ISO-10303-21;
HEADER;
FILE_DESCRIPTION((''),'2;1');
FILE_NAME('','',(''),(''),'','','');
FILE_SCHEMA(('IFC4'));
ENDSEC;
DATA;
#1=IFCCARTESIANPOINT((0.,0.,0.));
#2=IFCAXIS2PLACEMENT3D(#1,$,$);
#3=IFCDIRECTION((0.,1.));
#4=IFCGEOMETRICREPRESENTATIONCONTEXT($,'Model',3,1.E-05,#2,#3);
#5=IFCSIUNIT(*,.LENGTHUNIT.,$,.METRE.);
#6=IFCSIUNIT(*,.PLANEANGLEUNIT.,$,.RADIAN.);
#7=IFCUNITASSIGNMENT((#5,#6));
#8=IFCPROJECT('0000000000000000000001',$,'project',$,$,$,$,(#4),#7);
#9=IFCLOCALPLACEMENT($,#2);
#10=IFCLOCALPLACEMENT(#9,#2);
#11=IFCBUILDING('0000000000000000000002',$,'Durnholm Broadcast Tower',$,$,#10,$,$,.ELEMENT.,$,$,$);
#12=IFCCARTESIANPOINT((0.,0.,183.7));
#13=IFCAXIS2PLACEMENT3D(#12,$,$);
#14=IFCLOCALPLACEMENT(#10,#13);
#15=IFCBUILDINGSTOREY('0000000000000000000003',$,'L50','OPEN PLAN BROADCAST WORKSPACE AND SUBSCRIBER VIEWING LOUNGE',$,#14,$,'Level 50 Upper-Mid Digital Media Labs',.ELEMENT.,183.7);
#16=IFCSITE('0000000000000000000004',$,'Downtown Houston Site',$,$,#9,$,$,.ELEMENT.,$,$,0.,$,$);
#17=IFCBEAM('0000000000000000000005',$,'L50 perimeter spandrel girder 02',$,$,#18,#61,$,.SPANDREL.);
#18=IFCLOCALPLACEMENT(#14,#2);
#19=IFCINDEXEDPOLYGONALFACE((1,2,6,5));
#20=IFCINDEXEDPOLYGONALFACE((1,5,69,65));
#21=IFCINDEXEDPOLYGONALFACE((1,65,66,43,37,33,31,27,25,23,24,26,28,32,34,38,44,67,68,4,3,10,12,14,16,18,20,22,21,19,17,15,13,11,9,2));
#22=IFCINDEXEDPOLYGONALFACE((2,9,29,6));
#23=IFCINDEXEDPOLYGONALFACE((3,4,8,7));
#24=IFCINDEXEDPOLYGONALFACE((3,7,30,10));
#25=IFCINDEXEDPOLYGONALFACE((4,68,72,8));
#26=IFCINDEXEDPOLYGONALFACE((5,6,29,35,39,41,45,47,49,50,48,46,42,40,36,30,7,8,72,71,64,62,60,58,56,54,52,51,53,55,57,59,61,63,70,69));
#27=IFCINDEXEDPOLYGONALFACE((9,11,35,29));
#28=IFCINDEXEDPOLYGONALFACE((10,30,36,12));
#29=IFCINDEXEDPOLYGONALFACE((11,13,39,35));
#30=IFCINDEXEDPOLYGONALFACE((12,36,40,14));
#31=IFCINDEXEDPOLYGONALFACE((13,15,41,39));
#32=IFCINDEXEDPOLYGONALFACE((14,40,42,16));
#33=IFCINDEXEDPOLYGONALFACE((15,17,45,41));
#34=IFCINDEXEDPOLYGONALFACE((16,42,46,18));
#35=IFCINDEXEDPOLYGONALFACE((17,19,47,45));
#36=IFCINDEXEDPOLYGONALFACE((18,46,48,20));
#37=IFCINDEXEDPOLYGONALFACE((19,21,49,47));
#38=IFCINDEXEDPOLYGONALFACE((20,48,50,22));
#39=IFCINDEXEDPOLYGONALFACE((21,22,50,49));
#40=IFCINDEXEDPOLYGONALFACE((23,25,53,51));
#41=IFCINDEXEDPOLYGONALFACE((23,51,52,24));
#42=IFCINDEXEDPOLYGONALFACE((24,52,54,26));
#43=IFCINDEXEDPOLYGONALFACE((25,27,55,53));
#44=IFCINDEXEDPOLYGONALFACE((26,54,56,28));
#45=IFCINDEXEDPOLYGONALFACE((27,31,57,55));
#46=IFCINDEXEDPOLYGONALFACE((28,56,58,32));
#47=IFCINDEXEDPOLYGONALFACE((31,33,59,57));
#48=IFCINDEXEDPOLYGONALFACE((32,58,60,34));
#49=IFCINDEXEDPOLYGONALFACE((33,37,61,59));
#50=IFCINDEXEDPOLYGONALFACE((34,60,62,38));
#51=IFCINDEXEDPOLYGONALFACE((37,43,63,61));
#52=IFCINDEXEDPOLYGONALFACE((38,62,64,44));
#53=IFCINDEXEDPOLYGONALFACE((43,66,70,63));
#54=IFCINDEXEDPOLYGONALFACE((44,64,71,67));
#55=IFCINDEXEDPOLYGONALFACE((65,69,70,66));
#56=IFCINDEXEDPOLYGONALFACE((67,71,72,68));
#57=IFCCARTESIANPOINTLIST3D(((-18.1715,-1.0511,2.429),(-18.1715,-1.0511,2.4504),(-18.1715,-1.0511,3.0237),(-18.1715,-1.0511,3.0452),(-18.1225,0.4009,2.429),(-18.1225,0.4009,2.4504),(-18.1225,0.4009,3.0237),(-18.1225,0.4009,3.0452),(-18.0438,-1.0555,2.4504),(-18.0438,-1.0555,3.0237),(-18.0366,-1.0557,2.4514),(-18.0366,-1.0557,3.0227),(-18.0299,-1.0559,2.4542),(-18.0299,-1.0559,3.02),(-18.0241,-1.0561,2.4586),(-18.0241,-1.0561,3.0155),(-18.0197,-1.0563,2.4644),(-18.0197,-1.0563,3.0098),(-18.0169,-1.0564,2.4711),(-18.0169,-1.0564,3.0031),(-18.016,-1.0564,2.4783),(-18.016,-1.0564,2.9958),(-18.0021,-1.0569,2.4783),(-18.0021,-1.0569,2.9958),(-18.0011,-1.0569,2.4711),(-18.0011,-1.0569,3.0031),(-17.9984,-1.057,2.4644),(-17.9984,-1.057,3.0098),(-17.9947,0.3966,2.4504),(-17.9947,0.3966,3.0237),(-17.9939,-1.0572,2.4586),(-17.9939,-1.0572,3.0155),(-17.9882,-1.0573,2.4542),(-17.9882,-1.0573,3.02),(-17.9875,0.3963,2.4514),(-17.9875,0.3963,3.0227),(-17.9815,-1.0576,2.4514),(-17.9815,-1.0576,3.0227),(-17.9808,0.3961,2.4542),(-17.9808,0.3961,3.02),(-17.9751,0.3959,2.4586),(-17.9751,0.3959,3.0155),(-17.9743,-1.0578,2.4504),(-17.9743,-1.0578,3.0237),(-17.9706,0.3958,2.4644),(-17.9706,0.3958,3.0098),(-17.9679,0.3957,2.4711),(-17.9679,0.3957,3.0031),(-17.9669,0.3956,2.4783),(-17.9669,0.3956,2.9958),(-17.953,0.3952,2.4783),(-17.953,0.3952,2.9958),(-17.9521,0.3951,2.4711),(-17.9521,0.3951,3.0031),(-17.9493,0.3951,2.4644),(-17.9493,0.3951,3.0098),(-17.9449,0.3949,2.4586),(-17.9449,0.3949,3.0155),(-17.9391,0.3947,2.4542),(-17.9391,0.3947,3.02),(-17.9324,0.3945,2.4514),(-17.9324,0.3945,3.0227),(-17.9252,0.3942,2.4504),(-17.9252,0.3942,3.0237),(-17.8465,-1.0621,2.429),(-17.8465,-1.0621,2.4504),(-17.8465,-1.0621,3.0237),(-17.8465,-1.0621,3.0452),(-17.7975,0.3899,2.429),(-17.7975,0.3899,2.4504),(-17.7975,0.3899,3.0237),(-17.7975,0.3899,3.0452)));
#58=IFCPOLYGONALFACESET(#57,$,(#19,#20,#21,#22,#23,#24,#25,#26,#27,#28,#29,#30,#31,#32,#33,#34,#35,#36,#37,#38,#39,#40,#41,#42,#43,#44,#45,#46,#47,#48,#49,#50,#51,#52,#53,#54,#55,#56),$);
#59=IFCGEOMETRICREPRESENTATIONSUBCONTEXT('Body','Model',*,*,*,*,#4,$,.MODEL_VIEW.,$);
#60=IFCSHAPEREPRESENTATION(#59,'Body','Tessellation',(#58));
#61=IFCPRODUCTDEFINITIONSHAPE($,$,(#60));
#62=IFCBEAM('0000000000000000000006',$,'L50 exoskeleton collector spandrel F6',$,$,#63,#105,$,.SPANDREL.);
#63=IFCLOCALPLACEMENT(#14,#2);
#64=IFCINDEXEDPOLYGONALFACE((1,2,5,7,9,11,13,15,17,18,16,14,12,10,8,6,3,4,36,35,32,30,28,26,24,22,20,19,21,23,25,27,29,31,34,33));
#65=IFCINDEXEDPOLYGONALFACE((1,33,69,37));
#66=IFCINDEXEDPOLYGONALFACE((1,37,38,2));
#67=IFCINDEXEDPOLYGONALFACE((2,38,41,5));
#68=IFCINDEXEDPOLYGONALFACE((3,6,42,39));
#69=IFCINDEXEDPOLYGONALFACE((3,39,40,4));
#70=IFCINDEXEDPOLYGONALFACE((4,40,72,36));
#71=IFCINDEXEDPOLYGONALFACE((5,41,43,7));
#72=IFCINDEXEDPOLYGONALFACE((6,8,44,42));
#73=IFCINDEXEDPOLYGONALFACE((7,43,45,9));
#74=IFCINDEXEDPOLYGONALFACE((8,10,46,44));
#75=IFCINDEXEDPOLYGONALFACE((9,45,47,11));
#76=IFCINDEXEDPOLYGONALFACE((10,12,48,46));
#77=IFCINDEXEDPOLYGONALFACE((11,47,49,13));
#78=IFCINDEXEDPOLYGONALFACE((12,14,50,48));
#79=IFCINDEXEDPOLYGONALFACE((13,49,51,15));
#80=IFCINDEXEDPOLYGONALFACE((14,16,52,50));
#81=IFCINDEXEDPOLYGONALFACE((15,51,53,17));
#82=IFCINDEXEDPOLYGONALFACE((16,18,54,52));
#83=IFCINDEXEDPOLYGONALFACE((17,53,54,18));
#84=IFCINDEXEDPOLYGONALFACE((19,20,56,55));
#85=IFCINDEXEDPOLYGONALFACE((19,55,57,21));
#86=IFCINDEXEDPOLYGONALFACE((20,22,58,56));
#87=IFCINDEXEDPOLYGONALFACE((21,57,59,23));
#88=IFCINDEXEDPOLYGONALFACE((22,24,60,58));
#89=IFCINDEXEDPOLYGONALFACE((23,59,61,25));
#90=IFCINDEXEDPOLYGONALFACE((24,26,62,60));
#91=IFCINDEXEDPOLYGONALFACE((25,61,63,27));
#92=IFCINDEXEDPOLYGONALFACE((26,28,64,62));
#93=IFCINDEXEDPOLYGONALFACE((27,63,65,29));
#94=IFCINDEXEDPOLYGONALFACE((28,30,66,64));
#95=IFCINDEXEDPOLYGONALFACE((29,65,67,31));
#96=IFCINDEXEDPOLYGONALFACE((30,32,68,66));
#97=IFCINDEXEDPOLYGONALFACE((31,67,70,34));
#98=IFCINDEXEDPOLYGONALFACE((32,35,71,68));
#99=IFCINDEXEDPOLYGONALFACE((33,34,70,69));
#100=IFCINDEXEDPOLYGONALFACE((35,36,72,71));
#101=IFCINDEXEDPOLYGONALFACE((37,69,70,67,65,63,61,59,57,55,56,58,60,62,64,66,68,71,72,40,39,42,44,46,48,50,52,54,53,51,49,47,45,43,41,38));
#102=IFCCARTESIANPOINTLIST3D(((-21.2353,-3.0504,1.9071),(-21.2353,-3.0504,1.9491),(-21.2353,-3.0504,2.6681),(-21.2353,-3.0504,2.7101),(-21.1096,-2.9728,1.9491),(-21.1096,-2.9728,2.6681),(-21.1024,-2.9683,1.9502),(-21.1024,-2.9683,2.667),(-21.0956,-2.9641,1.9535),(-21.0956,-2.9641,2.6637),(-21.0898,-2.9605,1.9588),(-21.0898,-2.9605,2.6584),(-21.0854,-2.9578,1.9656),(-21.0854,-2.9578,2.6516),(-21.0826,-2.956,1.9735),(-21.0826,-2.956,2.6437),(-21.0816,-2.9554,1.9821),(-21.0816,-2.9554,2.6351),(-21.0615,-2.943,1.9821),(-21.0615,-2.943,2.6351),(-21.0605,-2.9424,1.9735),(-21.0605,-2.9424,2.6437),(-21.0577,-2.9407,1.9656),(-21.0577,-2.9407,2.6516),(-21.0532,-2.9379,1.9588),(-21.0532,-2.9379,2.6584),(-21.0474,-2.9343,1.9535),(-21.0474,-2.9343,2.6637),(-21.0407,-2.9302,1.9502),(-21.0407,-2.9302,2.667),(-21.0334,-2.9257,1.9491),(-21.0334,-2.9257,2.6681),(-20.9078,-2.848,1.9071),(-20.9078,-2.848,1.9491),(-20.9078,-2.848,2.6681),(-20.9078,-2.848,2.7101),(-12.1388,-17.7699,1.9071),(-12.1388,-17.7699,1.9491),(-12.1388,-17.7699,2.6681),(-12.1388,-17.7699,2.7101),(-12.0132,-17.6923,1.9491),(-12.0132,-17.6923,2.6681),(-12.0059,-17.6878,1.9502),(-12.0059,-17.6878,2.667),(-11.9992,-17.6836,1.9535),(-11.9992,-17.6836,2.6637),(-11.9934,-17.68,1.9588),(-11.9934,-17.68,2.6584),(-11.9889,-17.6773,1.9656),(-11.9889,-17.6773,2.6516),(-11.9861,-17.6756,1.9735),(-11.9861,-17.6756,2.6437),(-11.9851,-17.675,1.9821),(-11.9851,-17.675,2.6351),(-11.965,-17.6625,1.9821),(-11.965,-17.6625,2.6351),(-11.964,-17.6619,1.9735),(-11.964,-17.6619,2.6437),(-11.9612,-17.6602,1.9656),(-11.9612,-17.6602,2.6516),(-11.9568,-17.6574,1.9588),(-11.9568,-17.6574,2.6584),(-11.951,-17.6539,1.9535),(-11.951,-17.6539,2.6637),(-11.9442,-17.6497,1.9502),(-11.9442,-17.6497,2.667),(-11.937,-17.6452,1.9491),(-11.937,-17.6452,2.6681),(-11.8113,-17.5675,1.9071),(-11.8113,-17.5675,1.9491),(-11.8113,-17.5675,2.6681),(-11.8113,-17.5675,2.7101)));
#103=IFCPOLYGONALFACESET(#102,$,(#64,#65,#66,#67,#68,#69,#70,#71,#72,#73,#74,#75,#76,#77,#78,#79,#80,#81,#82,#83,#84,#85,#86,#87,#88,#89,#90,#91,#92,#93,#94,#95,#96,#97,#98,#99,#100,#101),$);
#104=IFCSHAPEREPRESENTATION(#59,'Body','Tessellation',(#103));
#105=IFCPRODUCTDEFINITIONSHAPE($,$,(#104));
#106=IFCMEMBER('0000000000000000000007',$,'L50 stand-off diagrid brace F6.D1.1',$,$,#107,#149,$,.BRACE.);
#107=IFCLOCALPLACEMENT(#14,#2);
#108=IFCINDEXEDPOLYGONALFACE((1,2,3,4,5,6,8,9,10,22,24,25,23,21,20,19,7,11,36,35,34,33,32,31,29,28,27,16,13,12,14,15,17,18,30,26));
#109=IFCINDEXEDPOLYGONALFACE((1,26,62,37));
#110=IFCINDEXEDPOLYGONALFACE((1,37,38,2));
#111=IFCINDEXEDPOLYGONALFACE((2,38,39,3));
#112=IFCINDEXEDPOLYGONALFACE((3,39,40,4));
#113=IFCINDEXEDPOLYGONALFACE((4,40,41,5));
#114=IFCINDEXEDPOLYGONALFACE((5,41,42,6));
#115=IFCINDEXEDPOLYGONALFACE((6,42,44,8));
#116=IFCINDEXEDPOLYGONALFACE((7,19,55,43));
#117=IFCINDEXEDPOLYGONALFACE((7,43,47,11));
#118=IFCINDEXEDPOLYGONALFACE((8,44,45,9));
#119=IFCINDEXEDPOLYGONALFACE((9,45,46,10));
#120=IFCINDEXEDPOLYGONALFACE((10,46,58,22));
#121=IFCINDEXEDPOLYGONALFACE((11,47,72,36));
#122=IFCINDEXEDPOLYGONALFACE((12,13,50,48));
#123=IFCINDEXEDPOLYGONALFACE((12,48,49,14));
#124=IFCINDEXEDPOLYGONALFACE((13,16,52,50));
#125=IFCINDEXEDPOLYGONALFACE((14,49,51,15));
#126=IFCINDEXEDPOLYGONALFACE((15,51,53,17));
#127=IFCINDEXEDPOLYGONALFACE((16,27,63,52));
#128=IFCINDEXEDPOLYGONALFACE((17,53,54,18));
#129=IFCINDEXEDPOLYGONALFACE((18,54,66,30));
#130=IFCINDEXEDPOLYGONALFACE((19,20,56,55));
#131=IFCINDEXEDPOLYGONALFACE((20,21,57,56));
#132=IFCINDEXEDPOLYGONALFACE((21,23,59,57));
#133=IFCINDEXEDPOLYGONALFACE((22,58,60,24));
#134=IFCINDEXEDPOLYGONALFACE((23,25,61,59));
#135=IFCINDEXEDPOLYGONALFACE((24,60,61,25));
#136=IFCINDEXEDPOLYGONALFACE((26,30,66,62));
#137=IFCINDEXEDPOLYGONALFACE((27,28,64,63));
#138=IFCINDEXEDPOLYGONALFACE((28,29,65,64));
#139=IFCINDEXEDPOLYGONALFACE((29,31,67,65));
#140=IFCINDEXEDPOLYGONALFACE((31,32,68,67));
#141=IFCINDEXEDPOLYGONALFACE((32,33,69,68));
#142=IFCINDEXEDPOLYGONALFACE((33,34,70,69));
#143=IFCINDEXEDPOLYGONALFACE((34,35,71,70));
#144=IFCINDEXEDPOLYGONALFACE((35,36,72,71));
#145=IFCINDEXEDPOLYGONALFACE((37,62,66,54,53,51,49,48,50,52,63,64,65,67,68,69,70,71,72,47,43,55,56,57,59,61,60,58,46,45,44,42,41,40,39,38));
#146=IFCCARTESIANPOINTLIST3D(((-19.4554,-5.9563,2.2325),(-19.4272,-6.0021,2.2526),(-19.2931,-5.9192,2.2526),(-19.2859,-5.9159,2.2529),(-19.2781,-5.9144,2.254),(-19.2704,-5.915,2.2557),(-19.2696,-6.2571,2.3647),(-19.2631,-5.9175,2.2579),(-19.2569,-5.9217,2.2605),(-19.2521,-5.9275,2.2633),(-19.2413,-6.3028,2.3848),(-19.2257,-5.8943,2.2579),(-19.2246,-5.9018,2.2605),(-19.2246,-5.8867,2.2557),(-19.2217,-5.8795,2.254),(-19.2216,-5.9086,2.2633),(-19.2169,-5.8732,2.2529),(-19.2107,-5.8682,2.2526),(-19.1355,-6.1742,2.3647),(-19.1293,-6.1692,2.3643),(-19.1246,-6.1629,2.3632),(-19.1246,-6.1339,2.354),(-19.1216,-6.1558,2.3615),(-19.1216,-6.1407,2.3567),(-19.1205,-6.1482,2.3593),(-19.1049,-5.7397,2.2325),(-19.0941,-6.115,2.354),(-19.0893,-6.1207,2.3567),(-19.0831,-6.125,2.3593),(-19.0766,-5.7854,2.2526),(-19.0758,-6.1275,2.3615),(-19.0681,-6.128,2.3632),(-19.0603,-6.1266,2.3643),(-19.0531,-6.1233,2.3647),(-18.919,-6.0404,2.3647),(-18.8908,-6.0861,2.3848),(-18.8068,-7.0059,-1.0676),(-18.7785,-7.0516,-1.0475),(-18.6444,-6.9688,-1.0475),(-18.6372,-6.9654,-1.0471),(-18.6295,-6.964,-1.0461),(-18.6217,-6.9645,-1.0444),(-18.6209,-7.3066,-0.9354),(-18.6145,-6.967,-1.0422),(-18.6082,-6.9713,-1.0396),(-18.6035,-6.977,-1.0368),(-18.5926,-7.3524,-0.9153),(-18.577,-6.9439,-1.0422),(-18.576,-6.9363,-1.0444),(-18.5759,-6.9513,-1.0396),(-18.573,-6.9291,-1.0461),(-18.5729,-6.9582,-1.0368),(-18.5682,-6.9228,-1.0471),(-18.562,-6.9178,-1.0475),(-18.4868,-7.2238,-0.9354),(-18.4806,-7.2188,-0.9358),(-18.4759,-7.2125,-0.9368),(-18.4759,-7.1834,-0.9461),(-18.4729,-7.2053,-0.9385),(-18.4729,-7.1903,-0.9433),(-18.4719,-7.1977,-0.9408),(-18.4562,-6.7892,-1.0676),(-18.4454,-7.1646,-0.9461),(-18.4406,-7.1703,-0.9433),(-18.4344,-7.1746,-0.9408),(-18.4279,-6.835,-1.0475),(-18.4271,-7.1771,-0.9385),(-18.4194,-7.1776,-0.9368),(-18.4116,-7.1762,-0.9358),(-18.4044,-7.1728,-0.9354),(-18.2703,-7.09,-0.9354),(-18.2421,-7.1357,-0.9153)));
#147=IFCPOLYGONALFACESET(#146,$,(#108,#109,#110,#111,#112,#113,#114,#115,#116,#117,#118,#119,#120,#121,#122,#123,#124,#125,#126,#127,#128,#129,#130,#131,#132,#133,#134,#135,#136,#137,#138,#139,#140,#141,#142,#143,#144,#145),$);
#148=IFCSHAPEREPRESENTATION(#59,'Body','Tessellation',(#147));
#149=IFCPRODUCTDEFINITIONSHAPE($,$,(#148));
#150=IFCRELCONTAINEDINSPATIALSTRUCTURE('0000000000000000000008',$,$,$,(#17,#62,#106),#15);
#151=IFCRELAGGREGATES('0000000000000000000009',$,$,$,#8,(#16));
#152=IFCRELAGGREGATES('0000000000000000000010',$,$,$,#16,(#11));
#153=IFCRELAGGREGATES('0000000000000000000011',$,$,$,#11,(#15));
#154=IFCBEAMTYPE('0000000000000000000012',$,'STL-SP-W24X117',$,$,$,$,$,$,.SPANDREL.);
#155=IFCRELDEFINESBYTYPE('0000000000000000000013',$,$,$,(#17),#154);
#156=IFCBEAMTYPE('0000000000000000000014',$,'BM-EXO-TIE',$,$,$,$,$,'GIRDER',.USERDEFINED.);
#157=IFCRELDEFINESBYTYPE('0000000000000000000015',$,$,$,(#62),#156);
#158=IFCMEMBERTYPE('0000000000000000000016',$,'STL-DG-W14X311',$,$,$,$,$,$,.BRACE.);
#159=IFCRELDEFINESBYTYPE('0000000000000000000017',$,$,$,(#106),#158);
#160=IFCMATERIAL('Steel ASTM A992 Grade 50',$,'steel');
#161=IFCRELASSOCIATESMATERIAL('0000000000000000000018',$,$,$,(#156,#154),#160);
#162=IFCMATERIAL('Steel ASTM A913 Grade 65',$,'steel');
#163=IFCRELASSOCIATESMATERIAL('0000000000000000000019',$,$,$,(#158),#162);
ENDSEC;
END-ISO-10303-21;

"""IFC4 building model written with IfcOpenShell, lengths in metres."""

from ifc_helpers import new_model, si_unit, direction, frame, origin, origin_2d, place, context, subcontext, project, spatial, i_section, extrude, source, transform, mapped, material, material_profile, profile_set, type_object, type_shapes, element, save


model = new_model("IFC4")

# Units and contexts
model_context = context("Model", 3, precision=1e-05, world=origin(), true_north=direction((0.0, 1.0)))
body_context = subcontext(model_context, "Body", "Model", "MODEL_VIEW")
ifc_project = project(units=[si_unit("LENGTHUNIT", "METRE"), si_unit("PLANEANGLEUNIT", "RADIAN")], contexts=[model_context])

# Site, building, storey
site_placement = place(None, origin())
site = spatial("IfcSite", under=ifc_project, at=site_placement, Name="Downtown Houston Site", CompositionType="ELEMENT", RefElevation=0.0)
building_placement = place(site_placement, origin())
building = spatial("IfcBuilding", under=site, at=building_placement, Name="Durnholm Broadcast Tower", CompositionType="ELEMENT")
storey_placement = place(building_placement, frame((0.0, 0.0, 183.7)))
storey = spatial("IfcBuildingStorey", under=building, at=storey_placement, Name="L50", Description="OPEN PLAN BROADCAST WORKSPACE AND SUBSCRIBER VIEWING LOUNGE", LongName="Level 50 Upper-Mid Digital Media Labs", CompositionType="ELEMENT", Elevation=183.7)

# Beams
ifc_material_1 = material(Name="Steel ASTM A992 Grade 50", Category="steel")
ifc_material_profile_1 = material_profile(ifc_material_1, i_section(OverallWidth=0.385, OverallDepth=0.803, WebThickness=0.0237, FlangeThickness=0.042, FilletRadius=0.033, at=origin_2d()), Name="W30X261")
ifc_profile_set_1 = profile_set([ifc_material_profile_1], Name="Steel ASTM A992 Grade 50")
beam_type_1 = type_object("IfcBeamType", Name="BM-EXO-TIE", ElementType="GIRDER", PredefinedType="USERDEFINED", material=ifc_profile_set_1)
ifc_material_profile_2 = material_profile(ifc_material_1, i_section(OverallWidth=0.3252, OverallDepth=0.6162, WebThickness=0.0139, FlangeThickness=0.0215, FilletRadius=0.0278, at=origin_2d()), Name="W24X117")
ifc_profile_set_2 = profile_set([ifc_material_profile_2], Name="Steel ASTM A992 Grade 50")
beam_type_2 = type_object("IfcBeamType", Name="STL-SP-W24X117", PredefinedType="SPANDREL", material=ifc_profile_set_2)
shared_shape_1 = source(origin(), body_context, "Body", "SweptSolid", [
    extrude(i_section(OverallWidth=0.3252, OverallDepth=0.6162, WebThickness=0.0139, FlangeThickness=0.0215, FilletRadius=0.0278, at=origin_2d()), origin(), (0.0, 0.0, 1.0), 1.4529),
])
beam_1_placement = place(storey_placement, frame((-18.009, -1.0566, 2.7371), z_axis=(0.033774, 0.99943, 0.0), x_axis=(-0.99943, 0.033774, 0.0)))
element("IfcBeam", 1, at=beam_1_placement, inside=storey, type_object=beam_type_2, Name="L50 perimeter spandrel girder 02", PredefinedType="SPANDREL", context=body_context, shape_type="MappedRepresentation", body=[
    mapped(shared_shape_1, transform((0.0, 0.0, 0.0), x_axis=(1.0, 0.0, 0.0), y_axis=(0.0, 1.0, 0.0), z_axis=(0.0, 0.0, 1.0), scale=1.0)),
])
shared_shape_2 = source(origin(), body_context, "Body", "SweptSolid", [
    extrude(i_section(OverallWidth=0.385, OverallDepth=0.803, WebThickness=0.0237, FlangeThickness=0.042, FilletRadius=0.033, at=origin_2d()), origin(), (0.0, 0.0, 1.0), 17.3035),
])
beam_2_placement = place(storey_placement, frame((-21.0715, -2.9492, 2.3086), z_axis=(0.525702, -0.850669, 0.0), x_axis=(0.850669, 0.525702, 0.0)))
element("IfcBeam", 2, at=beam_2_placement, inside=storey, type_object=beam_type_1, Name="L50 exoskeleton collector spandrel F6", PredefinedType="SPANDREL", context=body_context, shape_type="MappedRepresentation", body=[
    mapped(shared_shape_2, transform((0.0, 0.0, 0.0), x_axis=(1.0, 0.0, 0.0), y_axis=(0.0, 1.0, 0.0), z_axis=(0.0, 0.0, 1.0), scale=1.0)),
])

# Member
ifc_material_2 = material(Name="Steel ASTM A913 Grade 65", Category="steel")
ifc_material_profile_3 = material_profile(ifc_material_2, i_section(OverallWidth=0.4121, OverallDepth=0.4348, WebThickness=0.0359, FlangeThickness=0.0574, FilletRadius=0.0305, at=origin_2d()), Name="W14X311")
ifc_profile_set_3 = profile_set([ifc_material_profile_3], Name="Steel ASTM A913 Grade 65")
member_type_1 = type_object("IfcMemberType", Name="STL-DG-W14X311", PredefinedType="BRACE", material=ifc_profile_set_3)
shared_shape_3 = source(origin(), body_context, "Body", "SweptSolid", [
    extrude(i_section(OverallWidth=0.4121, OverallDepth=0.4348, WebThickness=0.0359, FlangeThickness=0.0574, FilletRadius=0.0305, at=origin_2d()), origin(), (0.0, 0.0, 1.0), 3.5232),
])
type_shapes(member_type_1, [shared_shape_3])
for number, where, z_axis, x_axis, name in (
    (3, (-18.5244, -7.0708, -0.9915), (-0.184119, 0.297903, 0.936672), (-0.850644, -0.525741, 0.0), "L50 stand-off diagrid brace F6.D1.1"),
):
    element("IfcMember", number, at=place(storey_placement, frame(where, z_axis=z_axis, x_axis=x_axis)), inside=storey, type_object=member_type_1, Name=name, PredefinedType="BRACE", context=body_context, shape_type="MappedRepresentation", body=[
        mapped(shared_shape_3, transform((0.0, 0.0, 0.0), x_axis=(1.0, 0.0, 0.0), y_axis=(0.0, 1.0, 0.0), z_axis=(0.0, 0.0, 1.0), scale=1.0)),
    ])

save(model, "model.ifc")
